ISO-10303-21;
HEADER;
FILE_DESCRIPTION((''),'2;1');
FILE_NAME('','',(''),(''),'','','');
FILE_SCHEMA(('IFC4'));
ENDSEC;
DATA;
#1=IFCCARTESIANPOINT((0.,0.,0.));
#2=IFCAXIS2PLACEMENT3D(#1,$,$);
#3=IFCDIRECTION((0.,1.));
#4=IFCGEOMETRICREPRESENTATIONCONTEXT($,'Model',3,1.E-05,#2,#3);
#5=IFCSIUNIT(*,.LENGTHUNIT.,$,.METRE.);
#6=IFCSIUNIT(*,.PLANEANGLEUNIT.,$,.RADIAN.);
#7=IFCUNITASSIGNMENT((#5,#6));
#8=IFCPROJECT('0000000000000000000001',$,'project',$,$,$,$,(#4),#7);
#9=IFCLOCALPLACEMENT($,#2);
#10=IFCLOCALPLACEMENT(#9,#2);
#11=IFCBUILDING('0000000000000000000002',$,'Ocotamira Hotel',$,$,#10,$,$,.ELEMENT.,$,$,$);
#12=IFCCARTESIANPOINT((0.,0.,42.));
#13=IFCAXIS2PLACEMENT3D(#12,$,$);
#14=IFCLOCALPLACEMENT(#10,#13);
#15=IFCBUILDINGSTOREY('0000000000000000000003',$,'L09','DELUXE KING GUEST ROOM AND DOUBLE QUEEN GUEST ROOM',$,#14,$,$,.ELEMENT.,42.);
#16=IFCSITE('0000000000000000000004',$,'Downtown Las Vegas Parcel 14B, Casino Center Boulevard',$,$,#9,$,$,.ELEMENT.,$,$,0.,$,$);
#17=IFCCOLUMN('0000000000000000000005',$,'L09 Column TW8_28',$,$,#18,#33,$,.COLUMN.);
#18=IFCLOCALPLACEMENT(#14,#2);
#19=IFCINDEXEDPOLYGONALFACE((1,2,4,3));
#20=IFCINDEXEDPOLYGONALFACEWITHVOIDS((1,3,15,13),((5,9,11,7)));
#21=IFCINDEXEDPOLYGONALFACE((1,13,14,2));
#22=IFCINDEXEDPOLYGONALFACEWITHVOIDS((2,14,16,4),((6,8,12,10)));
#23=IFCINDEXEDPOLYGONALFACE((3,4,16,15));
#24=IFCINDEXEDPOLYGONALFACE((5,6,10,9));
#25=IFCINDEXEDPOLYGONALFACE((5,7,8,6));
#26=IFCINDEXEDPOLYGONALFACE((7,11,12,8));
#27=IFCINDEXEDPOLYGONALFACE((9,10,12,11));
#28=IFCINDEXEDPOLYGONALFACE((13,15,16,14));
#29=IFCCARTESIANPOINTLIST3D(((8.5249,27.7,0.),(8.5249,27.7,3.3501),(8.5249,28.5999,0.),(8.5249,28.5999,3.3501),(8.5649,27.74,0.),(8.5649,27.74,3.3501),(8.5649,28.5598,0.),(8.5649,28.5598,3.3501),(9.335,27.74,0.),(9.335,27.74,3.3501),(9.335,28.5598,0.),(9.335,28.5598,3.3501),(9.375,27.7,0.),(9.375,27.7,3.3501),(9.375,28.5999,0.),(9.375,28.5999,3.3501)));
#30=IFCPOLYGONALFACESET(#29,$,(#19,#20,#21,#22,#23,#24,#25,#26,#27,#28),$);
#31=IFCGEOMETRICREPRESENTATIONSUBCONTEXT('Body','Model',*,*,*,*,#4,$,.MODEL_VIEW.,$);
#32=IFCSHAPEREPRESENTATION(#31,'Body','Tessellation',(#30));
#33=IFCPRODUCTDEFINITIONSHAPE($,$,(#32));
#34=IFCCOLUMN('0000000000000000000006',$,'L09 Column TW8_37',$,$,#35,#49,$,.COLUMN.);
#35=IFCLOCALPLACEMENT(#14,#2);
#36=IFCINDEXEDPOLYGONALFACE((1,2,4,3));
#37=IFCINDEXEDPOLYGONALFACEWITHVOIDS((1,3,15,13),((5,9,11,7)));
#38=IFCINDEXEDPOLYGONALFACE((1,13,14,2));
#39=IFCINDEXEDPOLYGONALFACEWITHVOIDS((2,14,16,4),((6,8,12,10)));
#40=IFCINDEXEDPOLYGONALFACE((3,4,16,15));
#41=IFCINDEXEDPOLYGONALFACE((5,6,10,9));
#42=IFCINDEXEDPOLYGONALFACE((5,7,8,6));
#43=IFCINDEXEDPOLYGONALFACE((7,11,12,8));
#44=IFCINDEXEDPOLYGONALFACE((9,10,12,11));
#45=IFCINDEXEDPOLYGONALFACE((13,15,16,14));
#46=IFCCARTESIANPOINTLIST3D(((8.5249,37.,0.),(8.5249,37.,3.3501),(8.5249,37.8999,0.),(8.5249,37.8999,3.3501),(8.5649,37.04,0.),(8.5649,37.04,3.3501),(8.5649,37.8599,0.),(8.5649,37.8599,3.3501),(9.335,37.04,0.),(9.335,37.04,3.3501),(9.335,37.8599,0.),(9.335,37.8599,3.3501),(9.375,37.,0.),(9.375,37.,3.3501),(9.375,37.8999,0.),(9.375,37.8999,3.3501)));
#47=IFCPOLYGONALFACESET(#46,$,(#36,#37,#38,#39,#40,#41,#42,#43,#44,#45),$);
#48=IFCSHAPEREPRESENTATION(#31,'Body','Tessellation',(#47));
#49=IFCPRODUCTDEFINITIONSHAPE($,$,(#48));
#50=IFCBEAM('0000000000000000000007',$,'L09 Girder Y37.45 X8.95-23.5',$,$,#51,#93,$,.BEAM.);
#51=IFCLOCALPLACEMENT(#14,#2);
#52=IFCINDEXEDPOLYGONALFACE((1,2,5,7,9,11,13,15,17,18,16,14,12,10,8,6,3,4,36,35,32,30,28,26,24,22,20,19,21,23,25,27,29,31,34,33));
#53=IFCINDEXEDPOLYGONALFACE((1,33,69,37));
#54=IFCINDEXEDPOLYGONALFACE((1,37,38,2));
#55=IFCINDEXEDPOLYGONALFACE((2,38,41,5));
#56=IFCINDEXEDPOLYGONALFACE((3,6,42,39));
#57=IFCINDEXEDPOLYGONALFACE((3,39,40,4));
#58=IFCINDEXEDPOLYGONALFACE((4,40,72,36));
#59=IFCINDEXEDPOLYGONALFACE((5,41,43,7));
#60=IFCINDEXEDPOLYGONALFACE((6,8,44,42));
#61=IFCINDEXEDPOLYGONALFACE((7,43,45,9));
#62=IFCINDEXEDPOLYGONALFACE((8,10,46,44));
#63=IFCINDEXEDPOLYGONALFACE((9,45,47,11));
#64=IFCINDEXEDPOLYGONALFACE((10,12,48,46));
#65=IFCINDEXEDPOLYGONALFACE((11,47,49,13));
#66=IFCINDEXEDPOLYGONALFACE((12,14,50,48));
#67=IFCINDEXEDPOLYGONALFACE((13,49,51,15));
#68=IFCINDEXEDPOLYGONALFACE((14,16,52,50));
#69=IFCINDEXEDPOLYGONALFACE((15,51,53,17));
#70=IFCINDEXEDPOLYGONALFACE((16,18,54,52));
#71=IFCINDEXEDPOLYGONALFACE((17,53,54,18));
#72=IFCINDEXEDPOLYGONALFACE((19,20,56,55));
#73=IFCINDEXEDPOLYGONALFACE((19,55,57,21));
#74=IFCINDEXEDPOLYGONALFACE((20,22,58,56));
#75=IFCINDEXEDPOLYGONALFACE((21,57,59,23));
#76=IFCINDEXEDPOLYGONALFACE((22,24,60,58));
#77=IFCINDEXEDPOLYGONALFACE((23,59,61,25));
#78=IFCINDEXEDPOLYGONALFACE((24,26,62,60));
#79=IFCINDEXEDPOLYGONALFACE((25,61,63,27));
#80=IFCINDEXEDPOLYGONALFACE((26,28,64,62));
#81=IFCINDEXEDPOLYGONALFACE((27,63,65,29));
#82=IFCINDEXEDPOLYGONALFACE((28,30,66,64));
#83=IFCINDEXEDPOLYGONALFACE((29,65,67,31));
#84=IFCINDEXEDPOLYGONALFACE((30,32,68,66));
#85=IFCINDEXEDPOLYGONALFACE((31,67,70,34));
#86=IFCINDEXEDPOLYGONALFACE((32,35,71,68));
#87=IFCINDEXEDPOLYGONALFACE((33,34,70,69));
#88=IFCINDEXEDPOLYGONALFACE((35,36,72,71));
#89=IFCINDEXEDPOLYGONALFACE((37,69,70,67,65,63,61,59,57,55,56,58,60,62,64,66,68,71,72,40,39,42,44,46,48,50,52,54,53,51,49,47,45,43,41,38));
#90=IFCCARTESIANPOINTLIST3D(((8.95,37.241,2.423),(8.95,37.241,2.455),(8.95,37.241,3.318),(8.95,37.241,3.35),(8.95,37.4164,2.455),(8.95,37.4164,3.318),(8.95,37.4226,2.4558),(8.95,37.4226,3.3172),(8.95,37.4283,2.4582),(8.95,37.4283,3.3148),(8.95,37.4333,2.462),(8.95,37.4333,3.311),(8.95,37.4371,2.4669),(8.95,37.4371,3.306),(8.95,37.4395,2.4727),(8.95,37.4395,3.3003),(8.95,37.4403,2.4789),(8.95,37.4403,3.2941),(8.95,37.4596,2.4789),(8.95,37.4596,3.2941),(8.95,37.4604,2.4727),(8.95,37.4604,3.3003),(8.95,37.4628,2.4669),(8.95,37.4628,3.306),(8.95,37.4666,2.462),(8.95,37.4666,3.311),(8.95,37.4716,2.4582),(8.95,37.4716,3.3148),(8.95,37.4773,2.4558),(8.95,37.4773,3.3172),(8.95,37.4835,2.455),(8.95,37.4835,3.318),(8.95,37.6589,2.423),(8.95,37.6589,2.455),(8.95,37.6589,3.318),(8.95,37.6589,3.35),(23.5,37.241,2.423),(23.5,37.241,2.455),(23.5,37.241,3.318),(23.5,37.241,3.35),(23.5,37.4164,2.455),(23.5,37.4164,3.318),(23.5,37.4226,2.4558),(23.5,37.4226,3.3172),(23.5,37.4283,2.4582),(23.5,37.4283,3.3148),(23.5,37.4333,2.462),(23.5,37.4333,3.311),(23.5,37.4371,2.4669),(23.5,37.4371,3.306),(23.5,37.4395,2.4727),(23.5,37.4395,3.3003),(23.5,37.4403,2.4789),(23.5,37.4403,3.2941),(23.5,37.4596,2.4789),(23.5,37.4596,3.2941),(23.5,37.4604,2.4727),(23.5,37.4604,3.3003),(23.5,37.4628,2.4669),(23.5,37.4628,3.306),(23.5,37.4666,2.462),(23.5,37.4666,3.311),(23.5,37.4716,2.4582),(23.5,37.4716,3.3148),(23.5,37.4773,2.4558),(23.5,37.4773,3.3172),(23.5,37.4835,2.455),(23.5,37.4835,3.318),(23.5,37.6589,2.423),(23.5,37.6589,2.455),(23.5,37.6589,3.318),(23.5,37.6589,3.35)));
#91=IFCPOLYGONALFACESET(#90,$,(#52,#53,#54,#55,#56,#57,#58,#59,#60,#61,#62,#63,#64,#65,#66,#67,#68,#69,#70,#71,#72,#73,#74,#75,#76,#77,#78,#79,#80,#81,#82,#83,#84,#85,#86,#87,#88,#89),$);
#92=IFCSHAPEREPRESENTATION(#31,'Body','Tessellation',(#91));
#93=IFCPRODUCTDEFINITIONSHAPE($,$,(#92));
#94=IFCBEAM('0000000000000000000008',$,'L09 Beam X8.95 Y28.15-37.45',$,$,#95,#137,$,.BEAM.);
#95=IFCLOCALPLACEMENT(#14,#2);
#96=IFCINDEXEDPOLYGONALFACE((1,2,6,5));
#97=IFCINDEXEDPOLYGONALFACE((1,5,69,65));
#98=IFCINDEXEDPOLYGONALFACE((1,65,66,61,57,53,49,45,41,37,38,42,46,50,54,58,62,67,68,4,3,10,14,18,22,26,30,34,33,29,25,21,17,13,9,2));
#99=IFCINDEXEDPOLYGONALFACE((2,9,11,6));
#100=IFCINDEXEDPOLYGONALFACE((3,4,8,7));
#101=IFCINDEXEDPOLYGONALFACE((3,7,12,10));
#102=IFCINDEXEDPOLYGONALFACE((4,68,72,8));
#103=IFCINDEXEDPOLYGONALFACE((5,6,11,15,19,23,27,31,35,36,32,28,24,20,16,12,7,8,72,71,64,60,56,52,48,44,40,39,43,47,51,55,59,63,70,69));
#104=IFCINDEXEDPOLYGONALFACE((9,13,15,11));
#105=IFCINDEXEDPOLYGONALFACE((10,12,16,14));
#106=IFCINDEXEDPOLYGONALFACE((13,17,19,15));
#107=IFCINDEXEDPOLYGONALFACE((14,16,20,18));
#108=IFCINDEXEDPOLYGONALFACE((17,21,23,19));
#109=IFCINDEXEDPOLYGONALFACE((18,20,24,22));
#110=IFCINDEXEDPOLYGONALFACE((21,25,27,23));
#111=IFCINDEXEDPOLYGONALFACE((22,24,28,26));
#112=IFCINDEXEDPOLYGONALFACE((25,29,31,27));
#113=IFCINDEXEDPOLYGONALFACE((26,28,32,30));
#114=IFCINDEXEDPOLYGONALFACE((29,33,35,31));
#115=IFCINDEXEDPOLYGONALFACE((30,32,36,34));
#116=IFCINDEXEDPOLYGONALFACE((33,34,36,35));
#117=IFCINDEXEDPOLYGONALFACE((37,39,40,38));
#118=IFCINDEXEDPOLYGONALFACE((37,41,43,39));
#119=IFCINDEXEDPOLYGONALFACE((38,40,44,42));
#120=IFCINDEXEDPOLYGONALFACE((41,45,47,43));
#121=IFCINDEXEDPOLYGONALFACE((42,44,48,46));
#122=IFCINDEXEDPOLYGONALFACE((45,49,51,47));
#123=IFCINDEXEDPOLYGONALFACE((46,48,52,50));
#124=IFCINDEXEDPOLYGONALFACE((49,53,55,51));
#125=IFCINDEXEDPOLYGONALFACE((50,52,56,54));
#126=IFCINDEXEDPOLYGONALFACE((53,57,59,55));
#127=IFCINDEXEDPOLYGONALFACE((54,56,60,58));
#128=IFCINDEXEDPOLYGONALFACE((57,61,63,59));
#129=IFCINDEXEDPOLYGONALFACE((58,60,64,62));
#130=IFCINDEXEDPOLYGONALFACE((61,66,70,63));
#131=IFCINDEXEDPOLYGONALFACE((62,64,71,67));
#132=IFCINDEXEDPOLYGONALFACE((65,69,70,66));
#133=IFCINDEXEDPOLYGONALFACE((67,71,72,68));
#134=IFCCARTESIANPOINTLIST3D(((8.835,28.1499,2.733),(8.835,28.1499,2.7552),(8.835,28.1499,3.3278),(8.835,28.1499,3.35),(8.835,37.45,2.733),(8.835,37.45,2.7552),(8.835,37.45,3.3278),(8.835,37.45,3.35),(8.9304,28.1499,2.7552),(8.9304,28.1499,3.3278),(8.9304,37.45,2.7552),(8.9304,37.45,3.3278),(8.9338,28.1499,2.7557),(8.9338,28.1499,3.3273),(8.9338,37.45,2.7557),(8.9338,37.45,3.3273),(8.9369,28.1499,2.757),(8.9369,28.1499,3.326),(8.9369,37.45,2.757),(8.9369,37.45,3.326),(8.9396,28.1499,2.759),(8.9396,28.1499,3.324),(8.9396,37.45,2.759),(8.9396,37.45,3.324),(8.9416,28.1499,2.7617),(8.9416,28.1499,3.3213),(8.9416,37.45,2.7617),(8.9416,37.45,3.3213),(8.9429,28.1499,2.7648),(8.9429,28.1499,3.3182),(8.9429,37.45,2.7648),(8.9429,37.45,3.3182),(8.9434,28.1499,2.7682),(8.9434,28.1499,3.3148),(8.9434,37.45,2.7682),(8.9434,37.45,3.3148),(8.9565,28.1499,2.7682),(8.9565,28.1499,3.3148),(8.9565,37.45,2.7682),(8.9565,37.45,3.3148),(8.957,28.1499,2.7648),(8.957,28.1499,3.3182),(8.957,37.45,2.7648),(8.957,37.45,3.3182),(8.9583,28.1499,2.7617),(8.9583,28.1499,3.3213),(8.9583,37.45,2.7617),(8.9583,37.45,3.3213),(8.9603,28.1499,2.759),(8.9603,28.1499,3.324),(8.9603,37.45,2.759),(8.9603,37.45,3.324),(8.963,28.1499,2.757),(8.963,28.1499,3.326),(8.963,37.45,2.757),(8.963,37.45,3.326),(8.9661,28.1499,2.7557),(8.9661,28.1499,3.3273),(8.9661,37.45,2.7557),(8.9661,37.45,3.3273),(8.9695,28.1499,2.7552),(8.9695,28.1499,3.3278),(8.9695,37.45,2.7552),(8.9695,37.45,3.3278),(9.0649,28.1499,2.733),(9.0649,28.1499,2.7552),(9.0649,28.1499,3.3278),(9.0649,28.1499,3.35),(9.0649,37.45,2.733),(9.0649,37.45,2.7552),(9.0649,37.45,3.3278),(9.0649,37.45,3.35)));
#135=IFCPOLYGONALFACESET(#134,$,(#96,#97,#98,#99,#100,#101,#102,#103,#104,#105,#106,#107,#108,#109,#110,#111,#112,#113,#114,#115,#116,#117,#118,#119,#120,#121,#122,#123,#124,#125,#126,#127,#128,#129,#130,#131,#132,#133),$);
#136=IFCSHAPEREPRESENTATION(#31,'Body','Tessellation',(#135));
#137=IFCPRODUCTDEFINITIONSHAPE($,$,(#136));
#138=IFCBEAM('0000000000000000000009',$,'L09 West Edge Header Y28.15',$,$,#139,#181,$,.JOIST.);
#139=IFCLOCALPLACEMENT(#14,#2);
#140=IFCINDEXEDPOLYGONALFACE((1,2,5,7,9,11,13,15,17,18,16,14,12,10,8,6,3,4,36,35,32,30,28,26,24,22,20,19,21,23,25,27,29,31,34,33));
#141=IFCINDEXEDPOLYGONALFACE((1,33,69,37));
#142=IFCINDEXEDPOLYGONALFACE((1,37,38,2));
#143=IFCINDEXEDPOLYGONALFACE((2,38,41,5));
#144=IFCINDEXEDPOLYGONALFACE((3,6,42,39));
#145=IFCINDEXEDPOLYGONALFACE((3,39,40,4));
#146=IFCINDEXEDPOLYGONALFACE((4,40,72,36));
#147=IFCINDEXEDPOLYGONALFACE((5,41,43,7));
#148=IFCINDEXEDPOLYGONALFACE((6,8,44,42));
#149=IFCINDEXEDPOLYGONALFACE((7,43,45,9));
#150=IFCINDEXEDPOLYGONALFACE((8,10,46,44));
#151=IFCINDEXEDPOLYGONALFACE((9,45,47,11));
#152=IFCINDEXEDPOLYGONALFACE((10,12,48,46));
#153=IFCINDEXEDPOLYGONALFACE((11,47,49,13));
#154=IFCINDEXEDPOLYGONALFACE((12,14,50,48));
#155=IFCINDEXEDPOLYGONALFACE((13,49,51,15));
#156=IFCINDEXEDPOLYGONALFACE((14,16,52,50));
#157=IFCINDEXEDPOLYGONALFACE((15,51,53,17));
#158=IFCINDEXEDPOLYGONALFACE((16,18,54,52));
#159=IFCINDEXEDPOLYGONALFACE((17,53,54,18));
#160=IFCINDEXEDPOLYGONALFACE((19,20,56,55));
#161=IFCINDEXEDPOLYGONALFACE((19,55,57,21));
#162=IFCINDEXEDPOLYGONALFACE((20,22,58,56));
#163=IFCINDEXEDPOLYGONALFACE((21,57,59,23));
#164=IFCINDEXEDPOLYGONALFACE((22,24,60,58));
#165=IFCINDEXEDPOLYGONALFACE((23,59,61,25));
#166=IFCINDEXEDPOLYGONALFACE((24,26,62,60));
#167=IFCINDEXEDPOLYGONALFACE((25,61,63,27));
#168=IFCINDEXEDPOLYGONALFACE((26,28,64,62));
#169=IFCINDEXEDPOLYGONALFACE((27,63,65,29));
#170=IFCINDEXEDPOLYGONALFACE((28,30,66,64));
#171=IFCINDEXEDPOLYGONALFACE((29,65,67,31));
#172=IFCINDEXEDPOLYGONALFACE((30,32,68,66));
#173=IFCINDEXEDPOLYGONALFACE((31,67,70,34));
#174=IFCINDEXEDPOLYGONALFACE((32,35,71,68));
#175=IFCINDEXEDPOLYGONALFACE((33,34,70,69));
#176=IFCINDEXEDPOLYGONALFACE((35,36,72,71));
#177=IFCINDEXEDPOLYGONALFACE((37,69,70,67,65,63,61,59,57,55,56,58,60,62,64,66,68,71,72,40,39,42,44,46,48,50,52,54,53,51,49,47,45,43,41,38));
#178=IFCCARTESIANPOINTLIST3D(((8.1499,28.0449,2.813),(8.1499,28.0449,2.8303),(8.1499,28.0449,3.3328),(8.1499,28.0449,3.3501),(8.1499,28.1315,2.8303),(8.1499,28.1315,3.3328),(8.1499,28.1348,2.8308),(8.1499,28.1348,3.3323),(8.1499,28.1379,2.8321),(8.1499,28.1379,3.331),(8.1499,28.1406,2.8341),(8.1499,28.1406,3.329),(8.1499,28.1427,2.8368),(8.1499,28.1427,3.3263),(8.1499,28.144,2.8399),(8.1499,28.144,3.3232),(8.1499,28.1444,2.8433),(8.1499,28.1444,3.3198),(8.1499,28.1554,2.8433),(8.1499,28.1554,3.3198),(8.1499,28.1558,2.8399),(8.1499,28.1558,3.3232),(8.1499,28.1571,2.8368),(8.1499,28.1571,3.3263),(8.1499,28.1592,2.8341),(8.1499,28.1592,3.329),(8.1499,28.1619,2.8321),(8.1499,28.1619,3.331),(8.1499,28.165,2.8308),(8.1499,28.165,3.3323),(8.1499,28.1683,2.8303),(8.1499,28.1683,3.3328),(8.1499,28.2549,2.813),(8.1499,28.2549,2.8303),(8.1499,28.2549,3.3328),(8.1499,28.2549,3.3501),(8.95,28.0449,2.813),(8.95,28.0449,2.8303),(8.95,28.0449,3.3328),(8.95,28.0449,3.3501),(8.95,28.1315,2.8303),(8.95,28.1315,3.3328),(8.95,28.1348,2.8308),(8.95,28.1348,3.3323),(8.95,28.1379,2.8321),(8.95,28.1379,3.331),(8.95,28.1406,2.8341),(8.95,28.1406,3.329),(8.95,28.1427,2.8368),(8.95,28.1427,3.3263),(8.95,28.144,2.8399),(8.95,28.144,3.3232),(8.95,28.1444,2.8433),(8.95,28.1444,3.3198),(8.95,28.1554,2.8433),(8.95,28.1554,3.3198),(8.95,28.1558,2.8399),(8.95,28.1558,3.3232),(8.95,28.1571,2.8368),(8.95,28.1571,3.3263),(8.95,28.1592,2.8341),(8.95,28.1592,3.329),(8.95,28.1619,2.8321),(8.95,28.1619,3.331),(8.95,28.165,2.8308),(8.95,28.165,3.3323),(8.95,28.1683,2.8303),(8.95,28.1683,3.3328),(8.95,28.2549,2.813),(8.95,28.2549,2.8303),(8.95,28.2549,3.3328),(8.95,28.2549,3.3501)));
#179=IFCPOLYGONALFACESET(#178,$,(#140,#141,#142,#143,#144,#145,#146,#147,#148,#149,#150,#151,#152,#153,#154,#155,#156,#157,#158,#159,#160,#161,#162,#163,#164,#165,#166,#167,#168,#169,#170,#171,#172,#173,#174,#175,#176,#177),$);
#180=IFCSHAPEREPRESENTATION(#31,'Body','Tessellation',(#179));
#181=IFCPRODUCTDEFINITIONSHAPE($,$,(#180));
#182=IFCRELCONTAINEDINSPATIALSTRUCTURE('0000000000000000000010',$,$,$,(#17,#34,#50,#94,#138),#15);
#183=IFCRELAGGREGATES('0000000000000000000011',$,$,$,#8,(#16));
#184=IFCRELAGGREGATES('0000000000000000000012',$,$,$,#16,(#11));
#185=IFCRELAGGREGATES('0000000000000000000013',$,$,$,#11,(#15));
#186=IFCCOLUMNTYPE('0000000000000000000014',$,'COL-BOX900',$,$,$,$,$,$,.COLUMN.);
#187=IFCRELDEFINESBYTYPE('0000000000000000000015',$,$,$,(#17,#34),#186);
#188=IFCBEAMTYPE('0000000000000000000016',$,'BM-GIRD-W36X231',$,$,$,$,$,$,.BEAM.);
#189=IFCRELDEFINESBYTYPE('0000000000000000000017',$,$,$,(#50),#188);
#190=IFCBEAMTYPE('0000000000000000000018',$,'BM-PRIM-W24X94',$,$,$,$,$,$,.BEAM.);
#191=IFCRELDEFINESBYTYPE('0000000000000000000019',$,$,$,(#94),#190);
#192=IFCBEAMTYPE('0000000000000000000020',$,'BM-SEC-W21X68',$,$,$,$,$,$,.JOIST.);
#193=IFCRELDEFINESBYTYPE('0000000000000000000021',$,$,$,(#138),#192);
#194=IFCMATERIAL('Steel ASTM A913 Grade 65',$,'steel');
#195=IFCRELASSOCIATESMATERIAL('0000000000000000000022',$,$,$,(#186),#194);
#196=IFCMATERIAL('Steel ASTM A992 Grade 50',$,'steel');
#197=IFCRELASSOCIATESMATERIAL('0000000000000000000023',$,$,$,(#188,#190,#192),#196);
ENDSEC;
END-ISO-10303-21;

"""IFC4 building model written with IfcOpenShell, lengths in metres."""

from ifc_helpers import new_model, si_unit, direction, frame, origin, origin_2d, place, context, subcontext, project, spatial, hollow_rectangle, i_section, extrude, source, transform, mapped, material, material_profile, profile_set, type_object, element, save


model = new_model("IFC4")

# Units and contexts
model_context = context("Model", 3, precision=1e-05, world=origin(), true_north=direction((0.0, 1.0)))
body_context = subcontext(model_context, "Body", "Model", "MODEL_VIEW")
ifc_project = project(units=[si_unit("LENGTHUNIT", "METRE"), si_unit("PLANEANGLEUNIT", "RADIAN")], contexts=[model_context])

# Site, building, storey
site_placement = place(None, origin())
site = spatial("IfcSite", under=ifc_project, at=site_placement, Name="Downtown Las Vegas Parcel 14B, Casino Center Boulevard", CompositionType="ELEMENT", RefElevation=0.0)
building_placement = place(site_placement, origin())
building = spatial("IfcBuilding", under=site, at=building_placement, Name="Ocotamira Hotel", CompositionType="ELEMENT")
storey_placement = place(building_placement, frame((0.0, 0.0, 42.0)))
storey = spatial("IfcBuildingStorey", under=building, at=storey_placement, Name="L09", Description="DELUXE KING GUEST ROOM AND DOUBLE QUEEN GUEST ROOM", CompositionType="ELEMENT", Elevation=42.0)

# Columns
ifc_material_1 = material(Name="Steel ASTM A913 Grade 65", Category="steel")
ifc_material_profile_1 = material_profile(ifc_material_1, hollow_rectangle(XDim=0.8501, YDim=0.8999, WallThickness=0.04, at=origin_2d()), Name="BOX900X850X40")
ifc_profile_set_1 = profile_set([ifc_material_profile_1], Name="Steel ASTM A913 Grade 65")
column_type = type_object("IfcColumnType", Name="COL-BOX900", PredefinedType="COLUMN", material=ifc_profile_set_1)
shared_shape_1 = source(origin(), body_context, "Body", "SweptSolid", [
    extrude(hollow_rectangle(XDim=0.8501, YDim=0.8999, WallThickness=0.04, at=origin_2d()), origin(), (0.0, 0.0, 1.0), 3.3501),
])
for number, where, z_axis, x_axis, name in (
    (1, (8.95, 28.1499, 0.0), (0.0, 0.0, 1.0), (1.0, 0.0, 0.0), "L09 Column TW8_28"),
    (2, (8.95, 37.45, 0.0), (0.0, 0.0, 1.0), (1.0, 0.0, 0.0), "L09 Column TW8_37"),
):
    element("IfcColumn", number, at=place(storey_placement, frame(where, z_axis=z_axis, x_axis=x_axis)), inside=storey, type_object=column_type, Name=name, PredefinedType="COLUMN", context=body_context, shape_type="MappedRepresentation", body=[
        mapped(shared_shape_1, transform((0.0, 0.0, 0.0), scale=1.0)),
    ])

# Beams
ifc_material_2 = material(Name="Steel ASTM A992 Grade 50", Category="steel")
ifc_material_profile_2 = material_profile(ifc_material_2, i_section(OverallWidth=0.418, OverallDepth=0.927, WebThickness=0.0193, FlangeThickness=0.032, FilletRadius=0.0239, at=origin_2d()), Name="W36X231")
ifc_profile_set_2 = profile_set([ifc_material_profile_2], Name="Steel ASTM A992 Grade 50")
beam_type_1 = type_object("IfcBeamType", Name="BM-GIRD-W36X231", PredefinedType="BEAM", material=ifc_profile_set_2)
shared_shape_2 = source(origin(), body_context, "Body", "SweptSolid", [
    extrude(i_section(OverallWidth=0.418, OverallDepth=0.927, WebThickness=0.0193, FlangeThickness=0.032, FilletRadius=0.0239, at=origin_2d()), origin(), (0.0, 0.0, 1.0), 14.55),
])
beam_1_placement = place(storey_placement, frame((8.95, 37.45, 2.8865), z_axis=(1.0, 0.0, 0.0), x_axis=(0.0, 1.0, 0.0)))
element("IfcBeam", 3, at=beam_1_placement, inside=storey, type_object=beam_type_1, Name="L09 Girder Y37.45 X8.95-23.5", PredefinedType="BEAM", context=body_context, shape_type="MappedRepresentation", body=[
    mapped(shared_shape_2, transform((0.0, 0.0, 0.0), scale=1.0)),
])
ifc_material_profile_3 = material_profile(ifc_material_2, i_section(OverallWidth=0.23, OverallDepth=0.6169, WebThickness=0.0132, FlangeThickness=0.0222, FilletRadius=0.0129, at=origin_2d()), Name="W24X94")
ifc_profile_set_3 = profile_set([ifc_material_profile_3], Name="Steel ASTM A992 Grade 50")
beam_type_2 = type_object("IfcBeamType", Name="BM-PRIM-W24X94", PredefinedType="BEAM", material=ifc_profile_set_3)
shared_shape_3 = source(origin(), body_context, "Body", "SweptSolid", [
    extrude(i_section(OverallWidth=0.23, OverallDepth=0.6169, WebThickness=0.0132, FlangeThickness=0.0222, FilletRadius=0.0129, at=origin_2d()), origin(), (0.0, 0.0, 1.0), 9.3),
])
beam_2_placement = place(storey_placement, frame((8.95, 28.1499, 3.0415), z_axis=(0.0, 1.0, 0.0), x_axis=(-1.0, 0.0, 0.0)))
element("IfcBeam", 4, at=beam_2_placement, inside=storey, type_object=beam_type_2, Name="L09 Beam X8.95 Y28.15-37.45", PredefinedType="BEAM", context=body_context, shape_type="MappedRepresentation", body=[
    mapped(shared_shape_3, transform((0.0, 0.0, 0.0), scale=1.0)),
])
ifc_material_profile_4 = material_profile(ifc_material_2, i_section(OverallWidth=0.21, OverallDepth=0.5371, WebThickness=0.011, FlangeThickness=0.0173, FilletRadius=0.0129, at=origin_2d()), Name="W21X68")
ifc_profile_set_4 = profile_set([ifc_material_profile_4], Name="Steel ASTM A992 Grade 50")
beam_type_3 = type_object("IfcBeamType", Name="BM-SEC-W21X68", PredefinedType="JOIST", material=ifc_profile_set_4)
shared_shape_4 = source(origin(), body_context, "Body", "SweptSolid", [
    extrude(i_section(OverallWidth=0.21, OverallDepth=0.5371, WebThickness=0.011, FlangeThickness=0.0173, FilletRadius=0.0129, at=origin_2d()), origin(), (0.0, 0.0, 1.0), 0.8),
])
for number, where, z_axis, x_axis, name in (
    (5, (8.95, 28.1499, 3.0815), (-1.0, 0.0, 0.0), (0.0, -1.0, 0.0), "L09 West Edge Header Y28.15"),
):
    element("IfcBeam", number, at=place(storey_placement, frame(where, z_axis=z_axis, x_axis=x_axis)), inside=storey, type_object=beam_type_3, Name=name, PredefinedType="JOIST", context=body_context, shape_type="MappedRepresentation", body=[
        mapped(shared_shape_4, transform((0.0, 0.0, 0.0), scale=1.0)),
    ])

save(model, "model.ifc")
